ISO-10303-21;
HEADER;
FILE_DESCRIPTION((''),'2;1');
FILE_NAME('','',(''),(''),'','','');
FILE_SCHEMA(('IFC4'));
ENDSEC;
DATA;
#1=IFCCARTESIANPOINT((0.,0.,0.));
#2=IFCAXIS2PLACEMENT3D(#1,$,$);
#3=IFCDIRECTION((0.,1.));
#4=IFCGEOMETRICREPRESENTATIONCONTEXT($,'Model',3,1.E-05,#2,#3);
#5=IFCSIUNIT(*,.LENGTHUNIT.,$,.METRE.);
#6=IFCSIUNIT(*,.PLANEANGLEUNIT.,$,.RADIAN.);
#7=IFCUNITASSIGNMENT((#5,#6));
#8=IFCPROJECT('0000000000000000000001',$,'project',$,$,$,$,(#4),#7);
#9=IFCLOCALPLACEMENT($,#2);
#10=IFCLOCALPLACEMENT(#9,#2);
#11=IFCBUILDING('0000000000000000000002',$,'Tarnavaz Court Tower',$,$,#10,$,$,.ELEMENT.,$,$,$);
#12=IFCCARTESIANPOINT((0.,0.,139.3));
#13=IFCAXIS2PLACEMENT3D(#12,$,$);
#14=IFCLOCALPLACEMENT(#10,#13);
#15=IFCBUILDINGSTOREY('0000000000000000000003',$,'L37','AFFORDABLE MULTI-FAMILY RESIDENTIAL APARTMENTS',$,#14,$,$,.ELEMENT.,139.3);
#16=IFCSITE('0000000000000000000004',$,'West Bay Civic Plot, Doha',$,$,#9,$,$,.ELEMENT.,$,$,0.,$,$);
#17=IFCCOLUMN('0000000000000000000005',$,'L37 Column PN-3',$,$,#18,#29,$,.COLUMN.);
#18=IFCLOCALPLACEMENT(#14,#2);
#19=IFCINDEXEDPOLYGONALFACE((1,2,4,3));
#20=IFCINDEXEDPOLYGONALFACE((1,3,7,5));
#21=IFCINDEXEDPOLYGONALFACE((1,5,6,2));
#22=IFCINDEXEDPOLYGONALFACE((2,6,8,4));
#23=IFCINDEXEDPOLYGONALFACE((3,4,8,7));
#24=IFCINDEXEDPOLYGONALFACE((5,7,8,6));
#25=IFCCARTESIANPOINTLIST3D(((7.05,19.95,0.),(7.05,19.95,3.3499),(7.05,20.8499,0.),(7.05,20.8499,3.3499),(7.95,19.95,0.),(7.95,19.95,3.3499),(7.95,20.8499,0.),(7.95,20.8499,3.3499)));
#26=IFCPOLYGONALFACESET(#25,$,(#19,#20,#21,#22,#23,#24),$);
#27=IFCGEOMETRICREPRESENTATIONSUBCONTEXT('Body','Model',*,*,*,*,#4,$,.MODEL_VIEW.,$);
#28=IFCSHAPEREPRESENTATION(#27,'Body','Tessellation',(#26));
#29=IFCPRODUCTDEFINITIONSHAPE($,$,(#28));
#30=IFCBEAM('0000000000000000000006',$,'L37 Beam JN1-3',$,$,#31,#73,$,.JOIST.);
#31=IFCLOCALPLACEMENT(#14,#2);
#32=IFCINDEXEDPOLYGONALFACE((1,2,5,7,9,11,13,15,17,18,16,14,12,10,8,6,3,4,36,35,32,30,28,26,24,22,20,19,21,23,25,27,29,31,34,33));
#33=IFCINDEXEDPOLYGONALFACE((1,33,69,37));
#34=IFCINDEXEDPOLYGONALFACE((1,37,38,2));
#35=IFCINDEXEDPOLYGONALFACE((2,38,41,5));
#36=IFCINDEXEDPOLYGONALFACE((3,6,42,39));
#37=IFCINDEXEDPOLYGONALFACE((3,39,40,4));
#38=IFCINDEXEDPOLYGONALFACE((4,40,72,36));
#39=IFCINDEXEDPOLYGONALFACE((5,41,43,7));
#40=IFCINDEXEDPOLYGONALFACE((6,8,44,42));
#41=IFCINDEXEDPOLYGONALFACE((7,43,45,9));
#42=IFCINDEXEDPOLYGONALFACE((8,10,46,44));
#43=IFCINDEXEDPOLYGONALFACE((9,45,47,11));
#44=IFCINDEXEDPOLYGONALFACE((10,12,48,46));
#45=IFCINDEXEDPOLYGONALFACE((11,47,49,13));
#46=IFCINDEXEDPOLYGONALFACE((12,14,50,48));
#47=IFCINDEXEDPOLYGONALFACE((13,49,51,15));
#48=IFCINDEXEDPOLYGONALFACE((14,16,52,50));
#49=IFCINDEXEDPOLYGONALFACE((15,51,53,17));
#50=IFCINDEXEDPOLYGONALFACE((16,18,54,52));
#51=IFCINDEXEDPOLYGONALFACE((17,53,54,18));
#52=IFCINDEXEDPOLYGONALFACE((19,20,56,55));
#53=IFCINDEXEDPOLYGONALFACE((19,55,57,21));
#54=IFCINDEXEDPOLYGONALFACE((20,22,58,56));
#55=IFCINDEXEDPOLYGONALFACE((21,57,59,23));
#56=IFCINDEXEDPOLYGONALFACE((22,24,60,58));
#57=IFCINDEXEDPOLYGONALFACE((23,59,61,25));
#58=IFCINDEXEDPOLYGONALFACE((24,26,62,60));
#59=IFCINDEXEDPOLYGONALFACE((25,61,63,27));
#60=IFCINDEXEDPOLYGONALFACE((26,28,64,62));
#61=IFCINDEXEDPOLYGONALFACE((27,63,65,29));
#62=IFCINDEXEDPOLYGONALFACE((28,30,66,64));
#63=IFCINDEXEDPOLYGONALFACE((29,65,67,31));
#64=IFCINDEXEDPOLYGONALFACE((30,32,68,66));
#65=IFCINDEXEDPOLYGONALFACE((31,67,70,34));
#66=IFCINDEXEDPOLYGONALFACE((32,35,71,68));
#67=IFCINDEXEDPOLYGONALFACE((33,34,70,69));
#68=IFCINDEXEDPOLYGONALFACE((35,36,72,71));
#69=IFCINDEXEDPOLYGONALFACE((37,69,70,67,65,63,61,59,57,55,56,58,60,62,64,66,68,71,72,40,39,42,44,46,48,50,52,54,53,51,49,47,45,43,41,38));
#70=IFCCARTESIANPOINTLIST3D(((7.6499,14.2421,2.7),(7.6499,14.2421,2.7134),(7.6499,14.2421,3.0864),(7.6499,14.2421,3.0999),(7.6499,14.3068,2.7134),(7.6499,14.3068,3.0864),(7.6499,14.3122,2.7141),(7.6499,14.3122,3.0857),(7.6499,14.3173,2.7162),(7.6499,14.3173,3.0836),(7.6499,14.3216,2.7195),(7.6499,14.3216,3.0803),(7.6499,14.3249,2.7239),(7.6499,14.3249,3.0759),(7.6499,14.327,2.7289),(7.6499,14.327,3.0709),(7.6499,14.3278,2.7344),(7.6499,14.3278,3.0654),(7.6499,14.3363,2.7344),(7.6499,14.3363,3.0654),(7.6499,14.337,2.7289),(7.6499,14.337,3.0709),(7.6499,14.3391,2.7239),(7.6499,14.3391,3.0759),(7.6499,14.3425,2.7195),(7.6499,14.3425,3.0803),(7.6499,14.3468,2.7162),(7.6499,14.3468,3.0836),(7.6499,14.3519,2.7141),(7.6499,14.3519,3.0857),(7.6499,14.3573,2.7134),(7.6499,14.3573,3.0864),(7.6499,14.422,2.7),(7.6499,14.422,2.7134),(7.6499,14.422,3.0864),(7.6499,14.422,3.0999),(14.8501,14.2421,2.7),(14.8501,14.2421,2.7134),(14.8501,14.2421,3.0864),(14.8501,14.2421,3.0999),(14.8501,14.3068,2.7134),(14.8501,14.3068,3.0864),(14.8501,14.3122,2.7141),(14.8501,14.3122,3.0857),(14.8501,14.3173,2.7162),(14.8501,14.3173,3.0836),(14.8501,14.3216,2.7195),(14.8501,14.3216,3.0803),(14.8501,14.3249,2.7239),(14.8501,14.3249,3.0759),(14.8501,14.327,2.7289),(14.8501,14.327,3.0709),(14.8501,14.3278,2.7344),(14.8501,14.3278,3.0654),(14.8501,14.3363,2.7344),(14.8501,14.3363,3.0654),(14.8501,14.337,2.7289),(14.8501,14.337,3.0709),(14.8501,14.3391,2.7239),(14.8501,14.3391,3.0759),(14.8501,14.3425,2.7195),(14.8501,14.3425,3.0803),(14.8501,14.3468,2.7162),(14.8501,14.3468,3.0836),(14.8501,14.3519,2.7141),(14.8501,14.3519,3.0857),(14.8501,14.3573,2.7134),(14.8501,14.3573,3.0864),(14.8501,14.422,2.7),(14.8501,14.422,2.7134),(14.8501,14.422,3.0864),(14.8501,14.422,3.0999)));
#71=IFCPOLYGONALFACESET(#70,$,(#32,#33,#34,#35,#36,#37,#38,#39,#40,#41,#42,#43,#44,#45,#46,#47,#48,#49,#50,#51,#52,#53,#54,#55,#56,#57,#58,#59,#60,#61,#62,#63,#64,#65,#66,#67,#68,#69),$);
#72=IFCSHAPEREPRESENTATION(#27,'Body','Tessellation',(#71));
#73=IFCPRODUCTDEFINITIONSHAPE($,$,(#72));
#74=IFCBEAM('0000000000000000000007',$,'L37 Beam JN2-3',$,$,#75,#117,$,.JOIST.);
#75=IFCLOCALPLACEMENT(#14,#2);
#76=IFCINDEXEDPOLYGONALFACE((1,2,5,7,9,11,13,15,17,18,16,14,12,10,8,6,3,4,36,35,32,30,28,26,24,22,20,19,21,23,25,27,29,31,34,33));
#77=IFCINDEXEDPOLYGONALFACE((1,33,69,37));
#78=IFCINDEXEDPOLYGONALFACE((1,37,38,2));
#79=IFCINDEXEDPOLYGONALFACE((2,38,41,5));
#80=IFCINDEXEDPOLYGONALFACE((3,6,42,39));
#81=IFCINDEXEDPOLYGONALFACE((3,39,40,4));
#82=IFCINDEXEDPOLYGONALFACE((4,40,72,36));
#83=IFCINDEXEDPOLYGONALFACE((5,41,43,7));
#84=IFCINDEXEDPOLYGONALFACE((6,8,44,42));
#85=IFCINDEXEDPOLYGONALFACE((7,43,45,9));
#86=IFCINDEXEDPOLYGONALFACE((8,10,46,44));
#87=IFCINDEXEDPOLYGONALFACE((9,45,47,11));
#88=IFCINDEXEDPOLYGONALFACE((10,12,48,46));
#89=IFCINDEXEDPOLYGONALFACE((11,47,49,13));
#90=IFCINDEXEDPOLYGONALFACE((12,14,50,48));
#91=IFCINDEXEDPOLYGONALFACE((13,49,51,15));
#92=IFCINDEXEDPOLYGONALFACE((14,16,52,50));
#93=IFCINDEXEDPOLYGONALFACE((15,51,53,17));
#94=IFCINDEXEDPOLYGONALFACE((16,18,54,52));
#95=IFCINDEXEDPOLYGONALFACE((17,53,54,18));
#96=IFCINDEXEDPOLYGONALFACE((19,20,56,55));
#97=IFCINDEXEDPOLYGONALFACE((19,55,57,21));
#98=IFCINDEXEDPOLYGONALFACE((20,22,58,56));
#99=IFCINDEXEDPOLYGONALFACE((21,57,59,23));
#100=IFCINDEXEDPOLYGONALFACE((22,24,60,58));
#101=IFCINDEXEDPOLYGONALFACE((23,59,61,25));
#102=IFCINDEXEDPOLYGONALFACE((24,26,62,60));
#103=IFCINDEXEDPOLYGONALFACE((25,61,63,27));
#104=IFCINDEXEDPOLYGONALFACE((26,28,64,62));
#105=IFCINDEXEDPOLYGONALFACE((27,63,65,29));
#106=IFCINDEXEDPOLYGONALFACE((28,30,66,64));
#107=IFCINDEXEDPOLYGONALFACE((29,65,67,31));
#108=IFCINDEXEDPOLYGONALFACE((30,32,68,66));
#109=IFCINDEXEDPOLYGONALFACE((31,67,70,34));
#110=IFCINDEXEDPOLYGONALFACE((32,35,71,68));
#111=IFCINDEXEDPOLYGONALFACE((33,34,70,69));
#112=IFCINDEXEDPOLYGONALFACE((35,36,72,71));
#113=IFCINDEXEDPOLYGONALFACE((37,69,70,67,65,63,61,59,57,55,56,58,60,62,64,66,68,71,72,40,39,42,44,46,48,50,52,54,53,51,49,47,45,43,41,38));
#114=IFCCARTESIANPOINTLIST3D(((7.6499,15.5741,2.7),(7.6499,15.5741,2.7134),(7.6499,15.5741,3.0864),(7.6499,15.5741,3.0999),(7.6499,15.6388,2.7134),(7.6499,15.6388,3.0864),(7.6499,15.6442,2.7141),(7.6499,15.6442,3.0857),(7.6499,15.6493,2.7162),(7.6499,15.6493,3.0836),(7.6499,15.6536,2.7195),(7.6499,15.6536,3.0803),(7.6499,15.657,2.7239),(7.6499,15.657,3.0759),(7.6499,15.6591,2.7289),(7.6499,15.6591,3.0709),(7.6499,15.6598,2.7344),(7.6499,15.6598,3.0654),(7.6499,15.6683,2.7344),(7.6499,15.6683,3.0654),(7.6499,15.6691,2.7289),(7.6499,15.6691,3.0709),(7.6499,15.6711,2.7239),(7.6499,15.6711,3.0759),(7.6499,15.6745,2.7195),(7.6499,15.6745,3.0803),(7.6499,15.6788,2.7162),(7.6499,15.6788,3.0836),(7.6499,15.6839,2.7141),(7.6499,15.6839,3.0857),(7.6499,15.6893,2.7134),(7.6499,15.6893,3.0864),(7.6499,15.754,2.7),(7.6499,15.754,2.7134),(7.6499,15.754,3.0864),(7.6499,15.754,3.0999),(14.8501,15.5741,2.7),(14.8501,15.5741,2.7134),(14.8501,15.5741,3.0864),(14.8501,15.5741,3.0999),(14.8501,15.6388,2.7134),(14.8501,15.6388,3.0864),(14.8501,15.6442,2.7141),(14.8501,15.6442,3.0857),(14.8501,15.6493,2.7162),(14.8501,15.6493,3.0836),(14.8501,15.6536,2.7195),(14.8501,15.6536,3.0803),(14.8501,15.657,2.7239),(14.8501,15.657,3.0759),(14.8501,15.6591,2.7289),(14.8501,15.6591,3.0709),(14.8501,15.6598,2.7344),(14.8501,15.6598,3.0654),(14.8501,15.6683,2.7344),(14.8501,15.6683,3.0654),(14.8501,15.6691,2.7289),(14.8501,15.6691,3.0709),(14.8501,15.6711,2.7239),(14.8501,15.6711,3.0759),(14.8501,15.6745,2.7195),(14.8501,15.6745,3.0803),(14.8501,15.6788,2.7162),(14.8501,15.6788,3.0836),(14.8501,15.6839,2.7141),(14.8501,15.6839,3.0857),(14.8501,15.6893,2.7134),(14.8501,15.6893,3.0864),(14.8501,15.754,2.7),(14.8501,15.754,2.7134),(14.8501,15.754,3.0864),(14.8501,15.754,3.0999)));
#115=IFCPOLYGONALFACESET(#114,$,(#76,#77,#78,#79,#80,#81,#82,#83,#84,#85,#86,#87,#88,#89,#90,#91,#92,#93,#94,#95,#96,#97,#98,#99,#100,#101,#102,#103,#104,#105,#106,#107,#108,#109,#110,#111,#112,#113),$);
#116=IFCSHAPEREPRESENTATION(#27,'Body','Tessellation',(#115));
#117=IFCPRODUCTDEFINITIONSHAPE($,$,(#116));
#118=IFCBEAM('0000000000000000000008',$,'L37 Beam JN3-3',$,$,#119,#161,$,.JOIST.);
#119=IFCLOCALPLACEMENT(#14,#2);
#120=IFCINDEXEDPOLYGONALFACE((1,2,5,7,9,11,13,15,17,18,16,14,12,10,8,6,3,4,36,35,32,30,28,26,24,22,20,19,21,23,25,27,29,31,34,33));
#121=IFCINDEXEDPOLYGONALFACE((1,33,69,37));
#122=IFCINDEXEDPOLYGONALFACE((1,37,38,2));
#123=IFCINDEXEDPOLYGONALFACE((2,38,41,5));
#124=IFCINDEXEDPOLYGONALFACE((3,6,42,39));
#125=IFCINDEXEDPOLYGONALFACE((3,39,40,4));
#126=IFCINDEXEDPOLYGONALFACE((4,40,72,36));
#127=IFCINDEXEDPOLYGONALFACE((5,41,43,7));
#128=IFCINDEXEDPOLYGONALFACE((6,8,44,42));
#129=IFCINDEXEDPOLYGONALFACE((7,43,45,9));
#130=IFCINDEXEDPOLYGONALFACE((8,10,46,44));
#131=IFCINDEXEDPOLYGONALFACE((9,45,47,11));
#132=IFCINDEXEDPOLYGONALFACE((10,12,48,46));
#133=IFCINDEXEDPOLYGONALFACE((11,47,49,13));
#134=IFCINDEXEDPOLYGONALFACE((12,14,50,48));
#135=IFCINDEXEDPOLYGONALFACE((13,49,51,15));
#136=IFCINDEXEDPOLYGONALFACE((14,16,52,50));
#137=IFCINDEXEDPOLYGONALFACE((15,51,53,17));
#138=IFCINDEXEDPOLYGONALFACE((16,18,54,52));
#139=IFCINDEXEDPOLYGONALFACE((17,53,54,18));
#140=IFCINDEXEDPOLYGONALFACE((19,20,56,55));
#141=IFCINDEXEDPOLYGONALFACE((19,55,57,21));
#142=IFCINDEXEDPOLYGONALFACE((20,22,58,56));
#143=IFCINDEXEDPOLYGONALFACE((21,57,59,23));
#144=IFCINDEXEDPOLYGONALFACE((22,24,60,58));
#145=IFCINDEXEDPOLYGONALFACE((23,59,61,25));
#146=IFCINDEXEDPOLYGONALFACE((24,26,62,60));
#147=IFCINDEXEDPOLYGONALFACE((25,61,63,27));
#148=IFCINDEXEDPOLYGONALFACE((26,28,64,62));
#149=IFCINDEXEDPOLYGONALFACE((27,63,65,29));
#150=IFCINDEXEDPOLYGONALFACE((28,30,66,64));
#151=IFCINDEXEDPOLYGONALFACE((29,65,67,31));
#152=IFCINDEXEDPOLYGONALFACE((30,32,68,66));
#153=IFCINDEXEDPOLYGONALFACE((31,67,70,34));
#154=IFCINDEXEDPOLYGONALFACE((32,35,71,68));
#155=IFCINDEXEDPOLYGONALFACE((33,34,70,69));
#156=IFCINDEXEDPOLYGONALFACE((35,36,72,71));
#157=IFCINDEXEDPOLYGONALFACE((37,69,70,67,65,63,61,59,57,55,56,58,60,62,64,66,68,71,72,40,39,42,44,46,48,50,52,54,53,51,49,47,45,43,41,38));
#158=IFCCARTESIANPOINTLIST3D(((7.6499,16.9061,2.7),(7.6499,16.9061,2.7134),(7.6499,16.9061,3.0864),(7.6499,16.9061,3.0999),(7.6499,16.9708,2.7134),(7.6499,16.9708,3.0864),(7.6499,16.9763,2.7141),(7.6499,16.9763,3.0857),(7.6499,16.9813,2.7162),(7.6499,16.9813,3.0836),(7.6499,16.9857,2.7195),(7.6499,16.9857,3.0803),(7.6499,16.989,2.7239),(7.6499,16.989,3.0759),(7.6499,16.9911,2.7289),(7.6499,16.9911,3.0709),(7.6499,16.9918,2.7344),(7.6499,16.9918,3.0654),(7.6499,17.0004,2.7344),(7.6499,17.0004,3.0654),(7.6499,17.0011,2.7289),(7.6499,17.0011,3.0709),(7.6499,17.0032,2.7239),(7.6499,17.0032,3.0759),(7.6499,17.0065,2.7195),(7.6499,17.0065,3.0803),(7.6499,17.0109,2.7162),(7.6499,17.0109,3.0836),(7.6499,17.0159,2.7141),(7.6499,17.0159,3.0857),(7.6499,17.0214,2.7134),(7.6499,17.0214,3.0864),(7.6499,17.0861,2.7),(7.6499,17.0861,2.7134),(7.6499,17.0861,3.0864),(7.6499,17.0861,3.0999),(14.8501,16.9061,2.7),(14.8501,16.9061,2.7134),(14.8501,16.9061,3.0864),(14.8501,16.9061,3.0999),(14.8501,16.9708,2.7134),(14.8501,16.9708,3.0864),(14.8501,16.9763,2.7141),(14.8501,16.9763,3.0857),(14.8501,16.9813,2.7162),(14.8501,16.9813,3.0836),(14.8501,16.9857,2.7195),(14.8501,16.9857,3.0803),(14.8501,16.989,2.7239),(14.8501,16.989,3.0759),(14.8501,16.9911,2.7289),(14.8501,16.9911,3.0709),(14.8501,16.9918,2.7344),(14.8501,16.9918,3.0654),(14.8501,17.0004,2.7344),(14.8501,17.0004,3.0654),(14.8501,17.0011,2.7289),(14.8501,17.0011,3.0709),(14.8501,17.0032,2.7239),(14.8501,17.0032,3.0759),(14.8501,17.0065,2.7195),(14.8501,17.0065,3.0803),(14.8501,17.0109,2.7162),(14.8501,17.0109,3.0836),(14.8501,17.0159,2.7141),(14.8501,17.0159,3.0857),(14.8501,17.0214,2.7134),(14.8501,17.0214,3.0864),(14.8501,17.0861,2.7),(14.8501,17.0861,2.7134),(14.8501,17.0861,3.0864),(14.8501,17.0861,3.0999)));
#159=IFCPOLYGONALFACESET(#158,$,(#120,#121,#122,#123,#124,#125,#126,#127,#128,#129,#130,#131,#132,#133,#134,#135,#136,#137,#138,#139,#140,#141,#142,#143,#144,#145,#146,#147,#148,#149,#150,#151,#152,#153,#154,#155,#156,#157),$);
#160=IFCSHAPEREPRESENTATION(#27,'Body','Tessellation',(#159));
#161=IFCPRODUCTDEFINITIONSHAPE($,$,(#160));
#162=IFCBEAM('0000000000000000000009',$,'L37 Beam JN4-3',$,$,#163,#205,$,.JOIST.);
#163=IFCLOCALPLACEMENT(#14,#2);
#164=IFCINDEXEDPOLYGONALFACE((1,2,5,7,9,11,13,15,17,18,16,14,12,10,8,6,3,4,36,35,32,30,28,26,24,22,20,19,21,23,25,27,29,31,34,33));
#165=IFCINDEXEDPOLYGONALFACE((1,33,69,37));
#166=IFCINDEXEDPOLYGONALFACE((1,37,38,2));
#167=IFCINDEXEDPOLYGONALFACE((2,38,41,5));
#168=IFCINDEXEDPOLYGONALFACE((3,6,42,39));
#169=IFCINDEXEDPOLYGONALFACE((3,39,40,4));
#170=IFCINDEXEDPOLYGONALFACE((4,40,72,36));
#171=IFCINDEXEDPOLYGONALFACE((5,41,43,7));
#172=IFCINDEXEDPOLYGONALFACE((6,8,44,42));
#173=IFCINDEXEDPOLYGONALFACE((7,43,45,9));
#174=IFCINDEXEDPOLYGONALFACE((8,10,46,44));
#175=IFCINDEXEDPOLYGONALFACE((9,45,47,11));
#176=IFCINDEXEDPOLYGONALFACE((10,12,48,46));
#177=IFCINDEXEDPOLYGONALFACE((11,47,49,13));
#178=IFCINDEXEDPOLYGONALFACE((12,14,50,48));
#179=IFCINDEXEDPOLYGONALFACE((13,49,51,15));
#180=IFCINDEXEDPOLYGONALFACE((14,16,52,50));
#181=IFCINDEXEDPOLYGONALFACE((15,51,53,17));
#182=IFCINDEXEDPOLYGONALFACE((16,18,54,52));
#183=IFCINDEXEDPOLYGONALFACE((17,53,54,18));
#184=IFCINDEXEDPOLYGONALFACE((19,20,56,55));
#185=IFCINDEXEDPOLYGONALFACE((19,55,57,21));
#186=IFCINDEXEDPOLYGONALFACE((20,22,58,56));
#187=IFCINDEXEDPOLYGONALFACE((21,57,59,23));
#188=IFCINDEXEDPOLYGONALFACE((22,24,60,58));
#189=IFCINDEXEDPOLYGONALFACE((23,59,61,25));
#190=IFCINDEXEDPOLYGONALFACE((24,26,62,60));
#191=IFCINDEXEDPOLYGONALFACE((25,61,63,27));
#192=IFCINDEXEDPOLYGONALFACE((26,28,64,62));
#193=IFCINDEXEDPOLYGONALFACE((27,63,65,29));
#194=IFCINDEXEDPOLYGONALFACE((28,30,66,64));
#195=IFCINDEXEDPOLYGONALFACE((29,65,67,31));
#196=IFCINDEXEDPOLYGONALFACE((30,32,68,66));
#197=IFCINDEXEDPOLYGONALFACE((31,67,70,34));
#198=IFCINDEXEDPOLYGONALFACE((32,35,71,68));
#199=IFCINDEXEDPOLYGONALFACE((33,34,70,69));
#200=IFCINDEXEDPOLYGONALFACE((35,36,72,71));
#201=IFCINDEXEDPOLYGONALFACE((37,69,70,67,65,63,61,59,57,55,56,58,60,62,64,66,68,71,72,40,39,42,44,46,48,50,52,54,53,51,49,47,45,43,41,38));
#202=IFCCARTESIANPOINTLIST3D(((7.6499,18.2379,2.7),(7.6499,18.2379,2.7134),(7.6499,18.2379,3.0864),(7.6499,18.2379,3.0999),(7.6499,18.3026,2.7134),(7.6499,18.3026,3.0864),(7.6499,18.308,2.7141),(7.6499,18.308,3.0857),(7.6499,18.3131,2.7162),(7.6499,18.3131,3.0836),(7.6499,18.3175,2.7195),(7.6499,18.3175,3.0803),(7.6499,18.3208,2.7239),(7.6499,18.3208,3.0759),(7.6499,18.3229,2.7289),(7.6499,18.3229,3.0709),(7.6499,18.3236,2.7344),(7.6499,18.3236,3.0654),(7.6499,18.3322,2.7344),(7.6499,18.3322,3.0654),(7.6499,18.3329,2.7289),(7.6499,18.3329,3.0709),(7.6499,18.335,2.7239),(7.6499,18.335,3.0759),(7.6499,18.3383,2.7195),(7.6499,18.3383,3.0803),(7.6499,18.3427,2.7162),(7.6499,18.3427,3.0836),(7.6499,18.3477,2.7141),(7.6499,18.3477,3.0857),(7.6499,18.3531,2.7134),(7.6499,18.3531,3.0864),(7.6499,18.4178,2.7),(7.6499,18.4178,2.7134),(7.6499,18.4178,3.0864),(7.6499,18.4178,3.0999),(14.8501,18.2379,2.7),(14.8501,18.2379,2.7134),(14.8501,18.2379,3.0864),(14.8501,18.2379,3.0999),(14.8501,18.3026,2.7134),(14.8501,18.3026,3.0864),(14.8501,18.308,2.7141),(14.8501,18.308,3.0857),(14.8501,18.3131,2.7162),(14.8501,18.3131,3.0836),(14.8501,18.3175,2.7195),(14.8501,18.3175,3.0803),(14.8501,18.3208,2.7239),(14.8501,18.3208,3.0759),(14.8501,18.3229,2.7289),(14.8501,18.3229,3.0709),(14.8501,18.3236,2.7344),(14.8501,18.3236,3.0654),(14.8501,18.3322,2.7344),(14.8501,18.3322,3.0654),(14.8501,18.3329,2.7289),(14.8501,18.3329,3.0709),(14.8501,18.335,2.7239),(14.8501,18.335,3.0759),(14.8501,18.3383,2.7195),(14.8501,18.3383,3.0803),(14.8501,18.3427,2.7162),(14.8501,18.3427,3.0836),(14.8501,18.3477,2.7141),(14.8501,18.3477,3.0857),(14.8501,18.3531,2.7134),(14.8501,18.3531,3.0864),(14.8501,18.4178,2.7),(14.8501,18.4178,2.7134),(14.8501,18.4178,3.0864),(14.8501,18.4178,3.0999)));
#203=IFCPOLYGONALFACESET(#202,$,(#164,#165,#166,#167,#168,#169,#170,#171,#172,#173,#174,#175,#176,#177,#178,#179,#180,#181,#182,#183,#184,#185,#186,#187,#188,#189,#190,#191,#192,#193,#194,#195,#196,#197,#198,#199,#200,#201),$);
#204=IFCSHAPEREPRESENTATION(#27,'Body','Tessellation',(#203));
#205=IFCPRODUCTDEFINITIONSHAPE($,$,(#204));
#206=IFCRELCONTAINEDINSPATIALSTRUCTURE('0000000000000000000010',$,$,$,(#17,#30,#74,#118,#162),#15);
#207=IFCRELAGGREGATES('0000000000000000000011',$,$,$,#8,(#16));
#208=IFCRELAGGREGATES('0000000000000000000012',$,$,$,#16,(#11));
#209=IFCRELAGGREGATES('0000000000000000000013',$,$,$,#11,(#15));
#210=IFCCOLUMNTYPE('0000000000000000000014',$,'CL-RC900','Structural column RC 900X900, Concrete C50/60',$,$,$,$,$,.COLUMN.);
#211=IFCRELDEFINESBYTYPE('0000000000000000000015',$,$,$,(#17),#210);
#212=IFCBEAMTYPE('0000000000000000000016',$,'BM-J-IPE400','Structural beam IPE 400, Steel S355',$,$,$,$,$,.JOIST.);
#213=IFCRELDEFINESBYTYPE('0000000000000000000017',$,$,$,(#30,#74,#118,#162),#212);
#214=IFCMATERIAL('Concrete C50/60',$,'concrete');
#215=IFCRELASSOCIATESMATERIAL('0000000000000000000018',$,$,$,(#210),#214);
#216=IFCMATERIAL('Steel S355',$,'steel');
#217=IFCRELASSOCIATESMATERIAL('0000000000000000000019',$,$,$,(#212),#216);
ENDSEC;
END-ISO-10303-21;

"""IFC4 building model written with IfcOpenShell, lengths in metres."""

from ifc_helpers import new_model, si_unit, direction, frame, origin, origin_2d, place, context, subcontext, project, spatial, rectangle, i_section, extrude, material, material_profile, profile_set, type_object, element, save


model = new_model("IFC4")

# Units and contexts
model_context = context("Model", 3, precision=1e-05, world=origin(), true_north=direction((0.0, 1.0)))
body_context = subcontext(model_context, "Body", "Model", "MODEL_VIEW")
ifc_project = project(units=[si_unit("LENGTHUNIT", "METRE"), si_unit("PLANEANGLEUNIT", "RADIAN")], contexts=[model_context])

# Site, building, storey
site_placement = place(None, origin())
site = spatial("IfcSite", under=ifc_project, at=site_placement, Name="West Bay Civic Plot, Doha", CompositionType="ELEMENT", RefElevation=0.0)
building_placement = place(site_placement, origin())
building = spatial("IfcBuilding", under=site, at=building_placement, Name="Tarnavaz Court Tower", CompositionType="ELEMENT")
storey_placement = place(building_placement, frame((0.0, 0.0, 139.3)))
storey = spatial("IfcBuildingStorey", under=building, at=storey_placement, Name="L37", Description="AFFORDABLE MULTI-FAMILY RESIDENTIAL APARTMENTS", CompositionType="ELEMENT", Elevation=139.3)

# Column
ifc_material_1 = material(Name="Concrete C50/60", Category="concrete")
ifc_material_profile_1 = material_profile(ifc_material_1, rectangle(XDim=0.8999, YDim=0.8999, at=origin_2d()), Name="RC 900X900")
ifc_profile_set_1 = profile_set([ifc_material_profile_1], Name="Concrete C50/60")
column_type = type_object("IfcColumnType", Name="CL-RC900", Description="Structural column RC 900X900, Concrete C50/60", PredefinedType="COLUMN", material=ifc_profile_set_1)
column_placement = place(storey_placement, frame((7.5, 20.3999, 0.0), z_axis=(0.0, 0.0, 1.0), x_axis=(1.0, 0.0, 0.0)))
element("IfcColumn", 1, at=column_placement, inside=storey, type_object=column_type, Name="L37 Column PN-3", PredefinedType="COLUMN", context=body_context, shape_type="SweptSolid", body=[
    extrude(rectangle(XDim=0.8999, YDim=0.8999, at=origin_2d()), origin(), (0.0, 0.0, 1.0), 3.3499),
])

# Beams
ifc_material_2 = material(Name="Steel S355", Category="steel")
ifc_material_profile_2 = material_profile(ifc_material_2, i_section(OverallWidth=0.1799, OverallDepth=0.3999, WebThickness=0.0085, FlangeThickness=0.0134, FilletRadius=0.021, at=origin_2d()), Name="IPE 400")
ifc_profile_set_2 = profile_set([ifc_material_profile_2], Name="Steel S355")
beam_type_1 = type_object("IfcBeamType", Name="BM-J-IPE400", Description="Structural beam IPE 400, Steel S355", PredefinedType="JOIST", material=ifc_profile_set_2)
for number, where, z_axis, x_axis, name in (
    (2, (7.6499, 14.332, 2.8999), (1.0, 0.0, 0.0), (0.0, 1.0, 0.0), "L37 Beam JN1-3"),
    (3, (7.6499, 15.6641, 2.8999), (1.0, 0.0, 0.0), (0.0, 1.0, 0.0), "L37 Beam JN2-3"),
    (4, (7.6499, 16.9961, 2.8999), (1.0, 0.0, 0.0), (0.0, 1.0, 0.0), "L37 Beam JN3-3"),
    (5, (7.6499, 18.3279, 2.8999), (1.0, 0.0, 0.0), (0.0, 1.0, 0.0), "L37 Beam JN4-3"),
):
    element("IfcBeam", number, at=place(storey_placement, frame(where, z_axis=z_axis, x_axis=x_axis)), inside=storey, type_object=beam_type_1, Name=name, PredefinedType="JOIST", context=body_context, shape_type="SweptSolid", body=[
        extrude(i_section(OverallWidth=0.1799, OverallDepth=0.3999, WebThickness=0.0085, FlangeThickness=0.0134, FilletRadius=0.021, at=origin_2d()), origin(), (0.0, 0.0, 1.0), 7.2002),
    ])

save(model, "model.ifc")
